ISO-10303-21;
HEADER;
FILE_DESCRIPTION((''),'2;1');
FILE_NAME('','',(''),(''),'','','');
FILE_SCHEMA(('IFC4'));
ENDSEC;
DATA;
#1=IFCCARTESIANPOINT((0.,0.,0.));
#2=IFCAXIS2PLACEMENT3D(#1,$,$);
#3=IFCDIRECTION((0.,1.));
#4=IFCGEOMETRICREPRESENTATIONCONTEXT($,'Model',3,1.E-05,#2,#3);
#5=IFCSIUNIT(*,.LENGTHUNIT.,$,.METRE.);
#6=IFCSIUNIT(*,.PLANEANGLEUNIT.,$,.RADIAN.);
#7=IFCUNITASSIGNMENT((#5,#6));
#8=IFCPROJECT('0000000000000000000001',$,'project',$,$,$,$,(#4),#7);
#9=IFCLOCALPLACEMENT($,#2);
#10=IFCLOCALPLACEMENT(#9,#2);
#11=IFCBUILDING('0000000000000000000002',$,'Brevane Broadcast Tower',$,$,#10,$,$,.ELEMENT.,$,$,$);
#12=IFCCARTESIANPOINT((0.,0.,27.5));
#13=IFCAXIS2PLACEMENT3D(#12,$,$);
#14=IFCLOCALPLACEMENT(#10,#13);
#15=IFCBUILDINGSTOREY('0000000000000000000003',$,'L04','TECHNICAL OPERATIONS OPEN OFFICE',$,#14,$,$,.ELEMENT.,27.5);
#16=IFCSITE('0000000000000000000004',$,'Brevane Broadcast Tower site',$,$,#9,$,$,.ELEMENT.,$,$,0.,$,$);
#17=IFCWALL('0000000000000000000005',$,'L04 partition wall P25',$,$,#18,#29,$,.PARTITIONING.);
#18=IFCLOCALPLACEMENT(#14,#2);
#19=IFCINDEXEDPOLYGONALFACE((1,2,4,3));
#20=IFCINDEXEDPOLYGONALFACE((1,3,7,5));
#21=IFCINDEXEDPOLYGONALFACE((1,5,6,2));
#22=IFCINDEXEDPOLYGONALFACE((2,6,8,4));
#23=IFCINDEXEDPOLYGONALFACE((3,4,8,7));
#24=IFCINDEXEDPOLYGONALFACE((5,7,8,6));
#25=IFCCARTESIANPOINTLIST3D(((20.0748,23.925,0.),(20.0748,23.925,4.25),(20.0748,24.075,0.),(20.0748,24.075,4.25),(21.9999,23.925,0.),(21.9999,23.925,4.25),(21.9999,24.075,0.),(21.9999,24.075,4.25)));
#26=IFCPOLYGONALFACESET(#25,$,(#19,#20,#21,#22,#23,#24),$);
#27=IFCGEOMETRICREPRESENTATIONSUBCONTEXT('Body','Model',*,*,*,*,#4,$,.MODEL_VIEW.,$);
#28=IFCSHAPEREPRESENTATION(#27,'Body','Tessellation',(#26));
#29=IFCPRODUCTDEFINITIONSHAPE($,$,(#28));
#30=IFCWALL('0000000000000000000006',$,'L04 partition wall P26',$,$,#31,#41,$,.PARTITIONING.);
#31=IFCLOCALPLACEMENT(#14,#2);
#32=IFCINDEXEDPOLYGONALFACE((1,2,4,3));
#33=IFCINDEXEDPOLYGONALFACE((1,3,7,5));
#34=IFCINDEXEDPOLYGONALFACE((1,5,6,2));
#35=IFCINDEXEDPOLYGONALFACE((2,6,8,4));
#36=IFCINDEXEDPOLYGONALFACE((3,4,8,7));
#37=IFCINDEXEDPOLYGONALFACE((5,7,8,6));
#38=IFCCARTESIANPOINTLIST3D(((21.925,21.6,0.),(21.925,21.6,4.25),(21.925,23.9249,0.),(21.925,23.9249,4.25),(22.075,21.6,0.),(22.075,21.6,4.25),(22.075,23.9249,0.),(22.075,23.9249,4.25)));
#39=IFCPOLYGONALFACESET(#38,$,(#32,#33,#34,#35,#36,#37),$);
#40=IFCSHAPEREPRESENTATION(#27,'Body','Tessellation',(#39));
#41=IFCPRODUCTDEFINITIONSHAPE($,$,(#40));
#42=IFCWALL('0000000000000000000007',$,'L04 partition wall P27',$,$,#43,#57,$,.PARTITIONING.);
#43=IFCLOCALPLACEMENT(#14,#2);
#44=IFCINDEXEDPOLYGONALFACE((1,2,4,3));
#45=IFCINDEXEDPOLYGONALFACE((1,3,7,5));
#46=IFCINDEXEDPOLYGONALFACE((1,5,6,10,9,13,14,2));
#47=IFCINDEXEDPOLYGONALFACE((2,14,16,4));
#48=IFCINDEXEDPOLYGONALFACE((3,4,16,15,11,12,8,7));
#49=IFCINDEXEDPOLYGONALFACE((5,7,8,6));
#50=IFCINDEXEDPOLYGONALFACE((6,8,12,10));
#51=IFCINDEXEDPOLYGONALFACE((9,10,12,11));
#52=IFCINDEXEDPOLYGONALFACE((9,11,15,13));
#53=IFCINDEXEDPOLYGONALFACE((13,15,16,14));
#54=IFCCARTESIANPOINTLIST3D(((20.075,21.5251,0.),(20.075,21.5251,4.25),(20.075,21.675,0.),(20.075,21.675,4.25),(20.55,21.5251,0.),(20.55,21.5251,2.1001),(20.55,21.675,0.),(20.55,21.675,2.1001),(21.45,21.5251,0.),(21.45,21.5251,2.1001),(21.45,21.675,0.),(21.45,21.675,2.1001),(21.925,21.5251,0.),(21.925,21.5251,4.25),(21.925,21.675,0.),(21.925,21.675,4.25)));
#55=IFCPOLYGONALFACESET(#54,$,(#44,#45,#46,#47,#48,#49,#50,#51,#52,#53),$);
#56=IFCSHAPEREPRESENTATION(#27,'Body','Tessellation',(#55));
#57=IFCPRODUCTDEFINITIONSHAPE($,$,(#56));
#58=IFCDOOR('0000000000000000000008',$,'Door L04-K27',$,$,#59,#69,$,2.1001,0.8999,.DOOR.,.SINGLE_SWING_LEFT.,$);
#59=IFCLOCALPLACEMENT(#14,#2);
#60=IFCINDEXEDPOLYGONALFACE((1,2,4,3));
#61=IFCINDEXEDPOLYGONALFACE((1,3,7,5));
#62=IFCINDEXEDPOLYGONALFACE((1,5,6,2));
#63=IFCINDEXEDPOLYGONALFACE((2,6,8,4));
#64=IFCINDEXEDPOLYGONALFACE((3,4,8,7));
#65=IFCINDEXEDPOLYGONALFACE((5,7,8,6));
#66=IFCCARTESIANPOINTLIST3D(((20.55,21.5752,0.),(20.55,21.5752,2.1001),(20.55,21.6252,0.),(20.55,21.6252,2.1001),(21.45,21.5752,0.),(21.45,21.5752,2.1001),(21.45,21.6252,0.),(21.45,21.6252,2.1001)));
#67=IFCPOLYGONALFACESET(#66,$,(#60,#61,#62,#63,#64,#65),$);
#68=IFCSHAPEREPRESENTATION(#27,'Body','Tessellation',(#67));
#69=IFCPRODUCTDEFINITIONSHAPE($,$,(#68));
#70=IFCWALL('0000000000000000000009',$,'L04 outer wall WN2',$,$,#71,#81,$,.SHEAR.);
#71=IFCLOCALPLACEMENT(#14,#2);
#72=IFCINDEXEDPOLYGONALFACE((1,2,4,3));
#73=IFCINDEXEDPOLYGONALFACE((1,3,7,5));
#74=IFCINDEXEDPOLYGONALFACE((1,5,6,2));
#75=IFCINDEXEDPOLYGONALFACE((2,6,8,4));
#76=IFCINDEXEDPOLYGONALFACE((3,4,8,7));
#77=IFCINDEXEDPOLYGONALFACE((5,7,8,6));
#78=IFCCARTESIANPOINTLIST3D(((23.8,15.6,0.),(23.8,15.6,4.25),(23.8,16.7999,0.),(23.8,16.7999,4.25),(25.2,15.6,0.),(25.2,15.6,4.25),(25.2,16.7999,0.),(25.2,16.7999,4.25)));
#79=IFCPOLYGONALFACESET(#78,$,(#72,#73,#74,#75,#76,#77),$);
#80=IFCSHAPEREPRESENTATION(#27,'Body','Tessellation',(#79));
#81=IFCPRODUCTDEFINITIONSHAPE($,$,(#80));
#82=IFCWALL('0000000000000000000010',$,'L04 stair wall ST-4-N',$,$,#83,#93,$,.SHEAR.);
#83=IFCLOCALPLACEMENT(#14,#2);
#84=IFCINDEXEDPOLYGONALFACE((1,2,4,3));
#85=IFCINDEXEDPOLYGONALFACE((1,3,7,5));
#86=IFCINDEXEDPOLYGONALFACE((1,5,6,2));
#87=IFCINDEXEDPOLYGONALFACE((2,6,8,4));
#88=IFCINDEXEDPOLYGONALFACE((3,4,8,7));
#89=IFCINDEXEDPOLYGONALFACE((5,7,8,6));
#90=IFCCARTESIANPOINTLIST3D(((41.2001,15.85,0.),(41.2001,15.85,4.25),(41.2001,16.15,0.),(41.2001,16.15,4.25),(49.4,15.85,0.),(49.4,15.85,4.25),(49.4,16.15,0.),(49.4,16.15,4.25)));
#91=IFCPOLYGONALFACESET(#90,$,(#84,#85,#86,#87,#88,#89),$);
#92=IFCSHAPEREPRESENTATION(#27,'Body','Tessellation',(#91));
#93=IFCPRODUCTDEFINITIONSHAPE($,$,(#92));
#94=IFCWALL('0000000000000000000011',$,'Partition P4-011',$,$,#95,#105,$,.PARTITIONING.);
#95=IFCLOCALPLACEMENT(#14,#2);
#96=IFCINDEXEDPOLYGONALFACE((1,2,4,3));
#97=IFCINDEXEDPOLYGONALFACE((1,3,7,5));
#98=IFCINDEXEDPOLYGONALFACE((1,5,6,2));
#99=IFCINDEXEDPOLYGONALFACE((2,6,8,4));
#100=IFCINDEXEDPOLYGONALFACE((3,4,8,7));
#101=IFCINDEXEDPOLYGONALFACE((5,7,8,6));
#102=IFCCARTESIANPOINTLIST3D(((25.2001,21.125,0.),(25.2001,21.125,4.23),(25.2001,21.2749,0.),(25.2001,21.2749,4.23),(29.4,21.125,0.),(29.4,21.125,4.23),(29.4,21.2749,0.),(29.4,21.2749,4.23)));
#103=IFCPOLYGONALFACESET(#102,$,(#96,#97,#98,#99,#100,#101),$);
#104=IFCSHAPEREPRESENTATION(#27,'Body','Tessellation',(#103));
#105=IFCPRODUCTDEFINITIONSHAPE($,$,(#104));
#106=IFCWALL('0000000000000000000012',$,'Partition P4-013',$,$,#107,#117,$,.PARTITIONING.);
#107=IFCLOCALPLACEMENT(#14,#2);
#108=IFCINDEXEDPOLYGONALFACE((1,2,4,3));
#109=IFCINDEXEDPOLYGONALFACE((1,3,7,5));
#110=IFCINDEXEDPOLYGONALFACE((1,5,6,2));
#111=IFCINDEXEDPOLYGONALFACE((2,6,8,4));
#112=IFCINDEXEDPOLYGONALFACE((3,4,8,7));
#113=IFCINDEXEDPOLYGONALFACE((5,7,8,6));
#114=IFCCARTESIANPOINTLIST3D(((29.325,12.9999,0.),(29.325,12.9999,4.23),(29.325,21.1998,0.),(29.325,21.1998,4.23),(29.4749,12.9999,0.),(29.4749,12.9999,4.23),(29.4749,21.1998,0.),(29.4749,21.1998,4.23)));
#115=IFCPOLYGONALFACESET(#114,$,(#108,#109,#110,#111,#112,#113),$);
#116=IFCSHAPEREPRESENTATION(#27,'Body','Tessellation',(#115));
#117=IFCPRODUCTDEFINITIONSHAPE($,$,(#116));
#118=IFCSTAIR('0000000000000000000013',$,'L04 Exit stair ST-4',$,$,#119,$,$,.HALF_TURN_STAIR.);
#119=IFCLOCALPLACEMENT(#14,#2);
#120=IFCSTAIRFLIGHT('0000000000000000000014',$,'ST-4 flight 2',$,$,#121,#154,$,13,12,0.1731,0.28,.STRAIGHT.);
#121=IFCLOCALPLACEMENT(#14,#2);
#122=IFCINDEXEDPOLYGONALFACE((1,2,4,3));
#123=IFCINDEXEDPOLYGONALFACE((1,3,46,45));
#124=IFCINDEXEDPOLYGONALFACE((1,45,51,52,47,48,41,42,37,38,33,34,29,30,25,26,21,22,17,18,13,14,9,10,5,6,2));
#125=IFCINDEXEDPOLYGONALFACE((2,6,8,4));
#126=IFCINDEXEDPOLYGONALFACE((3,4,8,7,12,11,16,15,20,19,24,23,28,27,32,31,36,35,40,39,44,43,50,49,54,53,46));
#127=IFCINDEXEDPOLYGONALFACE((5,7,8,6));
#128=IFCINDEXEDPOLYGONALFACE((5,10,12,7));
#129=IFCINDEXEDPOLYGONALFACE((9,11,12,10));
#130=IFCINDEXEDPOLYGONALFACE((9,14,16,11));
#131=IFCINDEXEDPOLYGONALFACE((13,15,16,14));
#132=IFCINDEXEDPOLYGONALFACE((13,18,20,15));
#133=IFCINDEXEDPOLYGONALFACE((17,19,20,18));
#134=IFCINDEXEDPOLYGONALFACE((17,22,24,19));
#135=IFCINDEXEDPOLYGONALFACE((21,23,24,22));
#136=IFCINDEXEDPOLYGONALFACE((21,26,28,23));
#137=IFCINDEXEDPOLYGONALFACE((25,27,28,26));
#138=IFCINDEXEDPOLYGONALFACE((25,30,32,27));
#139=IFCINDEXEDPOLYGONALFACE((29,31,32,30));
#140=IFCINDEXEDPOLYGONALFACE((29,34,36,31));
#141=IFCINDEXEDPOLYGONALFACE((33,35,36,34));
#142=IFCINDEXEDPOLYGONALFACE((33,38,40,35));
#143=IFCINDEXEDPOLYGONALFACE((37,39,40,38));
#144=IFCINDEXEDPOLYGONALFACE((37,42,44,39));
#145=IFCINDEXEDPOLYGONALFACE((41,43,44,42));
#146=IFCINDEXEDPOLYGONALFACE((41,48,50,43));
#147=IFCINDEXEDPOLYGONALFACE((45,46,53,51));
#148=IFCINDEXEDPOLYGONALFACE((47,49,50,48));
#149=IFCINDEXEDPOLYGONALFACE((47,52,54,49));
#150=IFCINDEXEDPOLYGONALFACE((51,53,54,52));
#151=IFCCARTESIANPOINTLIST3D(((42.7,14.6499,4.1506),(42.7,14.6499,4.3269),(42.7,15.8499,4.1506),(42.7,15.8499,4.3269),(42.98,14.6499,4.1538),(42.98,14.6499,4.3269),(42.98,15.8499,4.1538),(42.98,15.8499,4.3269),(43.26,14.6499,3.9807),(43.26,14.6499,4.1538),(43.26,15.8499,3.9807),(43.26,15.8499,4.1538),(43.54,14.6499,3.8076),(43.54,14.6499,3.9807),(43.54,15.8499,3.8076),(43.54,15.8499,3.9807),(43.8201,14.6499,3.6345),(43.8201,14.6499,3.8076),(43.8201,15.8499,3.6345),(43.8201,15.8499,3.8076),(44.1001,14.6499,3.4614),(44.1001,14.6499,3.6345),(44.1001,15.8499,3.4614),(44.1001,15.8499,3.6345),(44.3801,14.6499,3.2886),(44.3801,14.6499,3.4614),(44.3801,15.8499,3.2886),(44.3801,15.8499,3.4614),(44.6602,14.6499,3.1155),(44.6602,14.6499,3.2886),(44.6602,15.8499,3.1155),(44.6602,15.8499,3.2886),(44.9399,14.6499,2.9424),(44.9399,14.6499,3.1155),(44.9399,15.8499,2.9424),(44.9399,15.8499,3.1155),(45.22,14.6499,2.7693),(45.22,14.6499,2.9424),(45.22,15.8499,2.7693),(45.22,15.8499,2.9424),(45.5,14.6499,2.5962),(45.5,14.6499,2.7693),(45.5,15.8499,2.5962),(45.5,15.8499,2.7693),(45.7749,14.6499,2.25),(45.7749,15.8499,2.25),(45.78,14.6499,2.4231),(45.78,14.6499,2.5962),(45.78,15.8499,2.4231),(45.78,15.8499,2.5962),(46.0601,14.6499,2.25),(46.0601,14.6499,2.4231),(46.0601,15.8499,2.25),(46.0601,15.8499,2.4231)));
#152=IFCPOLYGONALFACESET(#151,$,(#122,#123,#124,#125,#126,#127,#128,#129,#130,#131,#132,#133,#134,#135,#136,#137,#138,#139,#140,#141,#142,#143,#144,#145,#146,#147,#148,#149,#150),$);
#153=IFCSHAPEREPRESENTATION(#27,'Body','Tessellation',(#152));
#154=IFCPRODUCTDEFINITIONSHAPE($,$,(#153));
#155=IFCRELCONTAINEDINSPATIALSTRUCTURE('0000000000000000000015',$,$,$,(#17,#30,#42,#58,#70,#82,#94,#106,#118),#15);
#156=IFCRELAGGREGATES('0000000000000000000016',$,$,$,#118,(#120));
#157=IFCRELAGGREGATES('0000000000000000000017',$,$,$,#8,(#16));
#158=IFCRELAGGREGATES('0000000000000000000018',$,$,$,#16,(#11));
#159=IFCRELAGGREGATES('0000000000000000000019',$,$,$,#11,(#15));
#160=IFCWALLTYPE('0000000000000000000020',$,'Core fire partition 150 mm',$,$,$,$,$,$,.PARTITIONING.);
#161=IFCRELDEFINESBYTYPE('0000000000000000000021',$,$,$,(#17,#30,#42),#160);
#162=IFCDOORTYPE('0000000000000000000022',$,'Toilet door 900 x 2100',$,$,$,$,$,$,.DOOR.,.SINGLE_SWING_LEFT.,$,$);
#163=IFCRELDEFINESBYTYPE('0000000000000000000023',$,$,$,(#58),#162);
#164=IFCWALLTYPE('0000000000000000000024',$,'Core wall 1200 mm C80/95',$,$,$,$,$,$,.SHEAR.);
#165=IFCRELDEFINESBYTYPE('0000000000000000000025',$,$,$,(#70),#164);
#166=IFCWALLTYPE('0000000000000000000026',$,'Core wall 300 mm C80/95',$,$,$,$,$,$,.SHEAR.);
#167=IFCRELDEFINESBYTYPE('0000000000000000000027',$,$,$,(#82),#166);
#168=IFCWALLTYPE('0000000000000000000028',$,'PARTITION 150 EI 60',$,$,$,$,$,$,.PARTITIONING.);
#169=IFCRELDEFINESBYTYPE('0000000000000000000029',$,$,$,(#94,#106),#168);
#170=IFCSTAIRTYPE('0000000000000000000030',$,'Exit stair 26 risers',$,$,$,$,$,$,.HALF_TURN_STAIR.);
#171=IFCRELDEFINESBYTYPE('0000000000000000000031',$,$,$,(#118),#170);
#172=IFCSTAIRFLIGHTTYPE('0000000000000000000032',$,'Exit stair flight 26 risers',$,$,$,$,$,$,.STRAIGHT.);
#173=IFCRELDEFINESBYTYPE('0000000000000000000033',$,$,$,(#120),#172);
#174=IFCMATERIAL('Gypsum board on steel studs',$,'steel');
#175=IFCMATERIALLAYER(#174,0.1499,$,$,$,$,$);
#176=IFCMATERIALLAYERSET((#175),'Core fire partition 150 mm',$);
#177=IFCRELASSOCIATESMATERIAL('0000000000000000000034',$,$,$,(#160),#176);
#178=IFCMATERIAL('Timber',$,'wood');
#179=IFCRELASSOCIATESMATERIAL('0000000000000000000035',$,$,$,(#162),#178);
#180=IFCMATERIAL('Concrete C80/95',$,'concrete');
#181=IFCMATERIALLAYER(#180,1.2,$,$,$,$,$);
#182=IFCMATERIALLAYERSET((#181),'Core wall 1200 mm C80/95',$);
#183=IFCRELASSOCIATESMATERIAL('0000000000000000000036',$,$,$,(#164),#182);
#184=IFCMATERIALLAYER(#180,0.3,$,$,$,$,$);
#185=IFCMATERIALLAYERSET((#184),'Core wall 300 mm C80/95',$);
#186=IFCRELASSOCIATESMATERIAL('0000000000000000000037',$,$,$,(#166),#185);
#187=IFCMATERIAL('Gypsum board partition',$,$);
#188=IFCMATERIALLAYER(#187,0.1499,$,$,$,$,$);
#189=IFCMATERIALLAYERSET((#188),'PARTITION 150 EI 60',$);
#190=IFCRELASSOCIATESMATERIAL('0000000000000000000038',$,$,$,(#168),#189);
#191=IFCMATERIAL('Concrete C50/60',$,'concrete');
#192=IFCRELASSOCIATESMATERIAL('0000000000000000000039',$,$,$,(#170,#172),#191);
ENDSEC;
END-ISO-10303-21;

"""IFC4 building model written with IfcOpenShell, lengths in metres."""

from ifc_helpers import new_model, si_unit, direction, frame, frame_2d, origin, place, context, subcontext, project, spatial, polyline, rectangle, outline, extrude, material, layer, layer_set, type_object, element, fill, aggregate, save


model = new_model("IFC4")

# Units and contexts
model_context = context("Model", 3, precision=1e-05, world=origin(), true_north=direction((0.0, 1.0)))
body_context = subcontext(model_context, "Body", "Model", "MODEL_VIEW")
ifc_project = project(units=[si_unit("LENGTHUNIT", "METRE"), si_unit("PLANEANGLEUNIT", "RADIAN")], contexts=[model_context])

# Site, building, storey
site_placement = place(None, origin())
site = spatial("IfcSite", under=ifc_project, at=site_placement, Name="Brevane Broadcast Tower site", CompositionType="ELEMENT", RefElevation=0.0)
building_placement = place(site_placement, origin())
building = spatial("IfcBuilding", under=site, at=building_placement, Name="Brevane Broadcast Tower", CompositionType="ELEMENT")
storey_placement = place(building_placement, frame((0.0, 0.0, 27.5)))
storey = spatial("IfcBuildingStorey", under=building, at=storey_placement, Name="L04", Description="TECHNICAL OPERATIONS OPEN OFFICE", CompositionType="ELEMENT", Elevation=27.5)

# Shared definitions
ifc_material_1 = material(Name="Concrete C80/95", Category="concrete")

# Walls
ifc_material_2 = material(Name="Gypsum board on steel studs", Category="steel")
ifc_layer_1 = layer(ifc_material_2, 0.1499)
ifc_layer_set_1 = layer_set([ifc_layer_1], Name="Core fire partition 150 mm")
wall_type_1 = type_object("IfcWallType", Name="Core fire partition 150 mm", PredefinedType="PARTITIONING", material=ifc_layer_set_1)
wall_1_placement = place(storey_placement, frame((20.075, 24.0, 0.0), z_axis=(0.0, 0.0, 1.0), x_axis=(1.0, 0.0, 0.0)))
element("IfcWall", 1, at=wall_1_placement, inside=storey, type_object=wall_type_1, Name="L04 partition wall P25", PredefinedType="PARTITIONING", context=body_context, shape_type="SweptSolid", body=[
    extrude(rectangle(XDim=1.925, YDim=0.1499, at=frame_2d((0.9624, 0.0))), origin(), (0.0, 0.0, 1.0), 4.25),
])
wall_2_placement = place(storey_placement, frame((22.0, 23.925, 0.0), z_axis=(0.0, 0.0, 1.0), x_axis=(0.0, -1.0, 0.0)))
element("IfcWall", 2, at=wall_2_placement, inside=storey, type_object=wall_type_1, Name="L04 partition wall P26", PredefinedType="PARTITIONING", context=body_context, shape_type="SweptSolid", body=[
    extrude(rectangle(XDim=2.325, YDim=0.1499, at=frame_2d((1.1626, 0.0))), origin(), (0.0, 0.0, 1.0), 4.25),
])

# Wall, opening, door
wall_3_placement = place(storey_placement, frame((21.925, 21.6001, 0.0), z_axis=(0.0, 0.0, 1.0), x_axis=(-1.0, 0.0, 0.0)))
wall_3 = element("IfcWall", 3, at=wall_3_placement, inside=storey, type_object=wall_type_1, Name="L04 partition wall P27", PredefinedType="PARTITIONING", context=body_context, shape_type="SweptSolid", body=[
    extrude(rectangle(XDim=1.8501, YDim=0.1499, at=frame_2d((0.925, 0.0))), origin(), (0.0, 0.0, 1.0), 4.25),
])
opening_placement = place(wall_3_placement, frame((0.4751, 0.0, 0.0)))
opening = element("IfcOpeningElement", 4, at=opening_placement, cuts=wall_3, PredefinedType="OPENING", context=body_context, shape_type="SweptSolid", body=[
    extrude(rectangle(XDim=0.8999, YDim=2.1001, at=frame_2d((0.45, 1.05))), frame((0.0, 0.085, 0.0), z_axis=(0.0, -1.0, 0.0), x_axis=(1.0, 0.0, 0.0)), (0.0, 0.0, 1.0), 0.1699),
])
ifc_material_3 = material(Name="Timber", Category="wood")
door_type = type_object("IfcDoorType", Name="Toilet door 900 x 2100", OperationType="SINGLE_SWING_LEFT", PredefinedType="DOOR", material=ifc_material_3)
door_placement = place(opening_placement, origin())
door = element("IfcDoor", 5, at=door_placement, inside=storey, type_object=door_type, Name="Door L04-K27", OperationType="SINGLE_SWING_LEFT", OverallHeight=2.1001, OverallWidth=0.8999, PredefinedType="DOOR", context=body_context, shape_type="SweptSolid", body=[
    extrude(rectangle(XDim=0.8999, YDim=2.1001, at=frame_2d((0.45, 1.05))), frame((0.0, 0.0249, 0.0), z_axis=(0.0, -1.0, 0.0), x_axis=(1.0, 0.0, 0.0)), (0.0, 0.0, 1.0), 0.05),
])
fill(opening, door)

# Walls
ifc_layer_2 = layer(ifc_material_1, 1.2)
ifc_layer_set_2 = layer_set([ifc_layer_2], Name="Core wall 1200 mm C80/95")
wall_type_2 = type_object("IfcWallType", Name="Core wall 1200 mm C80/95", PredefinedType="SHEAR", material=ifc_layer_set_2)
wall_4_placement = place(storey_placement, frame((23.8, 16.2, 0.0), z_axis=(0.0, 0.0, 1.0), x_axis=(1.0, 0.0, 0.0)))
element("IfcWall", 6, at=wall_4_placement, inside=storey, type_object=wall_type_2, Name="L04 outer wall WN2", PredefinedType="SHEAR", context=body_context, shape_type="SweptSolid", body=[
    extrude(rectangle(XDim=1.3999, YDim=1.2, at=frame_2d((0.7, 0.0))), origin(), (0.0, 0.0, 1.0), 4.25),
])
ifc_layer_3 = layer(ifc_material_1, 0.3)
ifc_layer_set_3 = layer_set([ifc_layer_3], Name="Core wall 300 mm C80/95")
wall_type_3 = type_object("IfcWallType", Name="Core wall 300 mm C80/95", PredefinedType="SHEAR", material=ifc_layer_set_3)
wall_5_placement = place(storey_placement, frame((41.2, 16.0, 0.0), z_axis=(0.0, 0.0, 1.0), x_axis=(1.0, 0.0, 0.0)))
element("IfcWall", 7, at=wall_5_placement, inside=storey, type_object=wall_type_3, Name="L04 stair wall ST-4-N", PredefinedType="SHEAR", context=body_context, shape_type="SweptSolid", body=[
    extrude(rectangle(XDim=8.2, YDim=0.3, at=frame_2d((4.1001, 0.0))), origin(), (0.0, 0.0, 1.0), 4.25),
])
ifc_material_4 = material(Name="Gypsum board partition")
ifc_layer_4 = layer(ifc_material_4, 0.1499)
ifc_layer_set_4 = layer_set([ifc_layer_4], Name="PARTITION 150 EI 60")
wall_type_4 = type_object("IfcWallType", Name="PARTITION 150 EI 60", PredefinedType="PARTITIONING", material=ifc_layer_set_4)
wall_6_placement = place(storey_placement, frame((25.2, 21.2, 0.0), z_axis=(0.0, 0.0, 1.0), x_axis=(1.0, 0.0, 0.0)))
element("IfcWall", 8, at=wall_6_placement, inside=storey, type_object=wall_type_4, Name="Partition P4-011", PredefinedType="PARTITIONING", context=body_context, shape_type="SweptSolid", body=[
    extrude(rectangle(XDim=4.2, YDim=0.1499, at=frame_2d((2.1001, 0.0))), origin(), (0.0, 0.0, 1.0), 4.23),
])
wall_7_placement = place(storey_placement, frame((29.3999, 21.2, 0.0), z_axis=(0.0, 0.0, 1.0), x_axis=(0.0, -1.0, 0.0)))
element("IfcWall", 9, at=wall_7_placement, inside=storey, type_object=wall_type_4, Name="Partition P4-013", PredefinedType="PARTITIONING", context=body_context, shape_type="SweptSolid", body=[
    extrude(rectangle(XDim=8.2, YDim=0.1499, at=frame_2d((4.1001, 0.0))), origin(), (0.0, 0.0, 1.0), 4.23),
])

# Stair, stair flight
ifc_material_5 = material(Name="Concrete C50/60", Category="concrete")
stair_type = type_object("IfcStairType", Name="Exit stair 26 risers", PredefinedType="HALF_TURN_STAIR", material=ifc_material_5)
stair_placement = place(storey_placement, origin())
stair = element("IfcStair", 10, at=stair_placement, inside=storey, type_object=stair_type, Name="L04 Exit stair ST-4", PredefinedType="HALF_TURN_STAIR")
stair_flight_type = type_object("IfcStairFlightType", Name="Exit stair flight 26 risers", PredefinedType="STRAIGHT", material=ifc_material_5)
stair_flight_placement = place(storey_placement, frame((46.0601, 15.25, 2.25), z_axis=(0.0, 0.0, 1.0), x_axis=(-1.0, 0.0, 0.0)))
stair_flight = element("IfcStairFlight", 11, at=stair_flight_placement, type_object=stair_flight_type, Name="ST-4 flight 2", NumberOfRisers=13, NumberOfTreads=12, PredefinedType="STRAIGHT", RiserHeight=0.1731, TreadLength=0.28, context=body_context, shape_type="SweptSolid", body=[
    extrude(outline(polyline([(0.0, 0.0), (0.0, 0.1731), (0.28, 0.1731), (0.28, 0.3462), (0.5601, 0.3462), (0.5601, 0.5193), (0.8401, 0.5193), (0.8401, 0.6924), (1.1201, 0.6924), (1.1201, 0.8655), (1.3999, 0.8655), (1.3999, 1.0386), (1.6799, 1.0386), (1.6799, 1.2114), (1.96, 1.2114), (1.96, 1.3845), (2.24, 1.3845), (2.24, 1.5576), (2.52, 1.5576), (2.52, 1.7307), (2.8, 1.7307), (2.8, 1.9038), (3.0801, 1.9038), (3.0801, 2.0769), (3.3601, 2.0769), (3.3601, 2.25), (3.3601, 1.9006), (0.2852, 0.0), (0.0, 0.0)])), frame((0.0, 0.6001, 0.0), z_axis=(0.0, -1.0, 0.0), x_axis=(1.0, 0.0, 0.0)), (0.0, 0.0, 1.0), 1.2),
])
aggregate(stair, [stair_flight])

save(model, "model.ifc")
